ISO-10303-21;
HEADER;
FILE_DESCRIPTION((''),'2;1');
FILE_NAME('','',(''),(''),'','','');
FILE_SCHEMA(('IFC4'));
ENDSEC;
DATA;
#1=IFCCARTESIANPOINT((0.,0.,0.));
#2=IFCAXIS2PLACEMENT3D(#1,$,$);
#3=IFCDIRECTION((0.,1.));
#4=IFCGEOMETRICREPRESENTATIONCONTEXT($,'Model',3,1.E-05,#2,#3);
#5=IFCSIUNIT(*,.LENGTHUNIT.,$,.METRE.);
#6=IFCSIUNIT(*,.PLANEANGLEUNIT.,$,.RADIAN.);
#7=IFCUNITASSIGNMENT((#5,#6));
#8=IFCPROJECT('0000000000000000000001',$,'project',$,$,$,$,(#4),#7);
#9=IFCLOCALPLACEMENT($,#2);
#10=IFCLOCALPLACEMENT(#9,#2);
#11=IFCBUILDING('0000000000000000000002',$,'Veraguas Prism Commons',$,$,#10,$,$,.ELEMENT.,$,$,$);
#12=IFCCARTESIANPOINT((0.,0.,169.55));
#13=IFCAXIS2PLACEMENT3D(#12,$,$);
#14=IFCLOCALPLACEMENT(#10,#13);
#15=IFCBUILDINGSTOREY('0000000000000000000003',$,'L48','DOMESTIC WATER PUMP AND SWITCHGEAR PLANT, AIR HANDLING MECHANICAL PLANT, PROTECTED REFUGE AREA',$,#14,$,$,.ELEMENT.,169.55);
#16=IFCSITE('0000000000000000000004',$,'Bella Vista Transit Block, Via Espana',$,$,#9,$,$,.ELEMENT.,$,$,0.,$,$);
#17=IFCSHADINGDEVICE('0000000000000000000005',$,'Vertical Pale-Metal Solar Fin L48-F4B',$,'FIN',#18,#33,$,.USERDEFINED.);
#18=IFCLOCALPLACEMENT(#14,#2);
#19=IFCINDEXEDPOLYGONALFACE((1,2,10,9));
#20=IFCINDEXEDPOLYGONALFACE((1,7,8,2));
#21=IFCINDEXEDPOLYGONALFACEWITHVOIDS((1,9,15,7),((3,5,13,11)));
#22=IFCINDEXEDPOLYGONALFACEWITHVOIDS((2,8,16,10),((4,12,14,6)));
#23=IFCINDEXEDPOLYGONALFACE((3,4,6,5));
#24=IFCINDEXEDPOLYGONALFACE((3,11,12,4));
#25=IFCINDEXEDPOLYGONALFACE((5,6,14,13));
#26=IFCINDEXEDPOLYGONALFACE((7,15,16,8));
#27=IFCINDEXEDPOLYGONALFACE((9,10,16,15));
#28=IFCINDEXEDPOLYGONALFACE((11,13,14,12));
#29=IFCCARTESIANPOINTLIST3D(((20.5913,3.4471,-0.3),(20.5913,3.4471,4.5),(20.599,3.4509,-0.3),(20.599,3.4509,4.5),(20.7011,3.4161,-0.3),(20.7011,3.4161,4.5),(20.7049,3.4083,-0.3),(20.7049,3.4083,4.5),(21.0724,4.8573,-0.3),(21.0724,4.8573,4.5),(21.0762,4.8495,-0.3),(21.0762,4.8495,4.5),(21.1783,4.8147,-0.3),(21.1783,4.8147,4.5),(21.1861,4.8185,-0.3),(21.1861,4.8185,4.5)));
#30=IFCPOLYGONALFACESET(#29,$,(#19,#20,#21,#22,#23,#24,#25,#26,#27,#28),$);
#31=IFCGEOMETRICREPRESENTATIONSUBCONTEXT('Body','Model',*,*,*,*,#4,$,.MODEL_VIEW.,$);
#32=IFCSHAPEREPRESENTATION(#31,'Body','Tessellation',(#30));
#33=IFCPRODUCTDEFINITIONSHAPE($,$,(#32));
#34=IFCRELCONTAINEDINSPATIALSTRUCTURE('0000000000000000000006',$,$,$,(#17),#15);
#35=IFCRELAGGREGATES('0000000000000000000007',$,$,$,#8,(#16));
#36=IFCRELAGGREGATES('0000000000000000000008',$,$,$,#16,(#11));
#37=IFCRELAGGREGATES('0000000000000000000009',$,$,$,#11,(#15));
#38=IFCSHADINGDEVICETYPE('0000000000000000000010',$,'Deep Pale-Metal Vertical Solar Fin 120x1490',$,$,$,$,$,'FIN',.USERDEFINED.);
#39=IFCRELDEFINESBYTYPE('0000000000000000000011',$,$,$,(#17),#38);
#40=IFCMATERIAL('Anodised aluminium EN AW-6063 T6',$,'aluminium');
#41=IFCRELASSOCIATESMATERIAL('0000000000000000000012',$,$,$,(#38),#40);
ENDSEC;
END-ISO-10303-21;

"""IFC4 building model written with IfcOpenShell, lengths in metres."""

from ifc_helpers import new_model, si_unit, direction, frame, origin, origin_2d, place, context, subcontext, project, spatial, hollow_rectangle, extrude, material, material_profile, profile_set, type_object, element, save


model = new_model("IFC4")

# Units and contexts
model_context = context("Model", 3, precision=1e-05, world=origin(), true_north=direction((0.0, 1.0)))
body_context = subcontext(model_context, "Body", "Model", "MODEL_VIEW")
ifc_project = project(units=[si_unit("LENGTHUNIT", "METRE"), si_unit("PLANEANGLEUNIT", "RADIAN")], contexts=[model_context])

# Site, building, storey
site_placement = place(None, origin())
site = spatial("IfcSite", under=ifc_project, at=site_placement, Name="Bella Vista Transit Block, Via Espana", CompositionType="ELEMENT", RefElevation=0.0)
building_placement = place(site_placement, origin())
building = spatial("IfcBuilding", under=site, at=building_placement, Name="Veraguas Prism Commons", CompositionType="ELEMENT")
storey_placement = place(building_placement, frame((0.0, 0.0, 169.55)))
storey = spatial("IfcBuildingStorey", under=building, at=storey_placement, Name="L48", Description="DOMESTIC WATER PUMP AND SWITCHGEAR PLANT, AIR HANDLING MECHANICAL PLANT, PROTECTED REFUGE AREA", CompositionType="ELEMENT", Elevation=169.55)

# Shared definitions
ifc_material_1 = material(Name="Anodised aluminium EN AW-6063 T6", Category="aluminium")

# Shading device
ifc_material_profile_1 = material_profile(ifc_material_1, hollow_rectangle(XDim=0.1201, YDim=1.49, WallThickness=0.0061, at=origin_2d()), Name="FIN120X1490X6")
ifc_profile_set_1 = profile_set([ifc_material_profile_1], Name="Anodised aluminium EN AW-6063 T6")
shading_device_type = type_object("IfcShadingDeviceType", Name="Deep Pale-Metal Vertical Solar Fin 120x1490", ElementType="FIN", PredefinedType="USERDEFINED", material=ifc_profile_set_1)
shading_device_placement = place(storey_placement, frame((20.8887, 4.1328, -0.3), z_axis=(0.0, 0.0, 1.0), x_axis=(0.946424, -0.322927, 0.0)))
element("IfcShadingDevice", 1, at=shading_device_placement, inside=storey, type_object=shading_device_type, Name="Vertical Pale-Metal Solar Fin L48-F4B", ObjectType="FIN", PredefinedType="USERDEFINED", context=body_context, shape_type="SweptSolid", body=[
    extrude(hollow_rectangle(XDim=0.1201, YDim=1.49, WallThickness=0.0061, at=origin_2d()), origin(), (0.0, 0.0, 1.0), 4.8),
])

save(model, "model.ifc")
